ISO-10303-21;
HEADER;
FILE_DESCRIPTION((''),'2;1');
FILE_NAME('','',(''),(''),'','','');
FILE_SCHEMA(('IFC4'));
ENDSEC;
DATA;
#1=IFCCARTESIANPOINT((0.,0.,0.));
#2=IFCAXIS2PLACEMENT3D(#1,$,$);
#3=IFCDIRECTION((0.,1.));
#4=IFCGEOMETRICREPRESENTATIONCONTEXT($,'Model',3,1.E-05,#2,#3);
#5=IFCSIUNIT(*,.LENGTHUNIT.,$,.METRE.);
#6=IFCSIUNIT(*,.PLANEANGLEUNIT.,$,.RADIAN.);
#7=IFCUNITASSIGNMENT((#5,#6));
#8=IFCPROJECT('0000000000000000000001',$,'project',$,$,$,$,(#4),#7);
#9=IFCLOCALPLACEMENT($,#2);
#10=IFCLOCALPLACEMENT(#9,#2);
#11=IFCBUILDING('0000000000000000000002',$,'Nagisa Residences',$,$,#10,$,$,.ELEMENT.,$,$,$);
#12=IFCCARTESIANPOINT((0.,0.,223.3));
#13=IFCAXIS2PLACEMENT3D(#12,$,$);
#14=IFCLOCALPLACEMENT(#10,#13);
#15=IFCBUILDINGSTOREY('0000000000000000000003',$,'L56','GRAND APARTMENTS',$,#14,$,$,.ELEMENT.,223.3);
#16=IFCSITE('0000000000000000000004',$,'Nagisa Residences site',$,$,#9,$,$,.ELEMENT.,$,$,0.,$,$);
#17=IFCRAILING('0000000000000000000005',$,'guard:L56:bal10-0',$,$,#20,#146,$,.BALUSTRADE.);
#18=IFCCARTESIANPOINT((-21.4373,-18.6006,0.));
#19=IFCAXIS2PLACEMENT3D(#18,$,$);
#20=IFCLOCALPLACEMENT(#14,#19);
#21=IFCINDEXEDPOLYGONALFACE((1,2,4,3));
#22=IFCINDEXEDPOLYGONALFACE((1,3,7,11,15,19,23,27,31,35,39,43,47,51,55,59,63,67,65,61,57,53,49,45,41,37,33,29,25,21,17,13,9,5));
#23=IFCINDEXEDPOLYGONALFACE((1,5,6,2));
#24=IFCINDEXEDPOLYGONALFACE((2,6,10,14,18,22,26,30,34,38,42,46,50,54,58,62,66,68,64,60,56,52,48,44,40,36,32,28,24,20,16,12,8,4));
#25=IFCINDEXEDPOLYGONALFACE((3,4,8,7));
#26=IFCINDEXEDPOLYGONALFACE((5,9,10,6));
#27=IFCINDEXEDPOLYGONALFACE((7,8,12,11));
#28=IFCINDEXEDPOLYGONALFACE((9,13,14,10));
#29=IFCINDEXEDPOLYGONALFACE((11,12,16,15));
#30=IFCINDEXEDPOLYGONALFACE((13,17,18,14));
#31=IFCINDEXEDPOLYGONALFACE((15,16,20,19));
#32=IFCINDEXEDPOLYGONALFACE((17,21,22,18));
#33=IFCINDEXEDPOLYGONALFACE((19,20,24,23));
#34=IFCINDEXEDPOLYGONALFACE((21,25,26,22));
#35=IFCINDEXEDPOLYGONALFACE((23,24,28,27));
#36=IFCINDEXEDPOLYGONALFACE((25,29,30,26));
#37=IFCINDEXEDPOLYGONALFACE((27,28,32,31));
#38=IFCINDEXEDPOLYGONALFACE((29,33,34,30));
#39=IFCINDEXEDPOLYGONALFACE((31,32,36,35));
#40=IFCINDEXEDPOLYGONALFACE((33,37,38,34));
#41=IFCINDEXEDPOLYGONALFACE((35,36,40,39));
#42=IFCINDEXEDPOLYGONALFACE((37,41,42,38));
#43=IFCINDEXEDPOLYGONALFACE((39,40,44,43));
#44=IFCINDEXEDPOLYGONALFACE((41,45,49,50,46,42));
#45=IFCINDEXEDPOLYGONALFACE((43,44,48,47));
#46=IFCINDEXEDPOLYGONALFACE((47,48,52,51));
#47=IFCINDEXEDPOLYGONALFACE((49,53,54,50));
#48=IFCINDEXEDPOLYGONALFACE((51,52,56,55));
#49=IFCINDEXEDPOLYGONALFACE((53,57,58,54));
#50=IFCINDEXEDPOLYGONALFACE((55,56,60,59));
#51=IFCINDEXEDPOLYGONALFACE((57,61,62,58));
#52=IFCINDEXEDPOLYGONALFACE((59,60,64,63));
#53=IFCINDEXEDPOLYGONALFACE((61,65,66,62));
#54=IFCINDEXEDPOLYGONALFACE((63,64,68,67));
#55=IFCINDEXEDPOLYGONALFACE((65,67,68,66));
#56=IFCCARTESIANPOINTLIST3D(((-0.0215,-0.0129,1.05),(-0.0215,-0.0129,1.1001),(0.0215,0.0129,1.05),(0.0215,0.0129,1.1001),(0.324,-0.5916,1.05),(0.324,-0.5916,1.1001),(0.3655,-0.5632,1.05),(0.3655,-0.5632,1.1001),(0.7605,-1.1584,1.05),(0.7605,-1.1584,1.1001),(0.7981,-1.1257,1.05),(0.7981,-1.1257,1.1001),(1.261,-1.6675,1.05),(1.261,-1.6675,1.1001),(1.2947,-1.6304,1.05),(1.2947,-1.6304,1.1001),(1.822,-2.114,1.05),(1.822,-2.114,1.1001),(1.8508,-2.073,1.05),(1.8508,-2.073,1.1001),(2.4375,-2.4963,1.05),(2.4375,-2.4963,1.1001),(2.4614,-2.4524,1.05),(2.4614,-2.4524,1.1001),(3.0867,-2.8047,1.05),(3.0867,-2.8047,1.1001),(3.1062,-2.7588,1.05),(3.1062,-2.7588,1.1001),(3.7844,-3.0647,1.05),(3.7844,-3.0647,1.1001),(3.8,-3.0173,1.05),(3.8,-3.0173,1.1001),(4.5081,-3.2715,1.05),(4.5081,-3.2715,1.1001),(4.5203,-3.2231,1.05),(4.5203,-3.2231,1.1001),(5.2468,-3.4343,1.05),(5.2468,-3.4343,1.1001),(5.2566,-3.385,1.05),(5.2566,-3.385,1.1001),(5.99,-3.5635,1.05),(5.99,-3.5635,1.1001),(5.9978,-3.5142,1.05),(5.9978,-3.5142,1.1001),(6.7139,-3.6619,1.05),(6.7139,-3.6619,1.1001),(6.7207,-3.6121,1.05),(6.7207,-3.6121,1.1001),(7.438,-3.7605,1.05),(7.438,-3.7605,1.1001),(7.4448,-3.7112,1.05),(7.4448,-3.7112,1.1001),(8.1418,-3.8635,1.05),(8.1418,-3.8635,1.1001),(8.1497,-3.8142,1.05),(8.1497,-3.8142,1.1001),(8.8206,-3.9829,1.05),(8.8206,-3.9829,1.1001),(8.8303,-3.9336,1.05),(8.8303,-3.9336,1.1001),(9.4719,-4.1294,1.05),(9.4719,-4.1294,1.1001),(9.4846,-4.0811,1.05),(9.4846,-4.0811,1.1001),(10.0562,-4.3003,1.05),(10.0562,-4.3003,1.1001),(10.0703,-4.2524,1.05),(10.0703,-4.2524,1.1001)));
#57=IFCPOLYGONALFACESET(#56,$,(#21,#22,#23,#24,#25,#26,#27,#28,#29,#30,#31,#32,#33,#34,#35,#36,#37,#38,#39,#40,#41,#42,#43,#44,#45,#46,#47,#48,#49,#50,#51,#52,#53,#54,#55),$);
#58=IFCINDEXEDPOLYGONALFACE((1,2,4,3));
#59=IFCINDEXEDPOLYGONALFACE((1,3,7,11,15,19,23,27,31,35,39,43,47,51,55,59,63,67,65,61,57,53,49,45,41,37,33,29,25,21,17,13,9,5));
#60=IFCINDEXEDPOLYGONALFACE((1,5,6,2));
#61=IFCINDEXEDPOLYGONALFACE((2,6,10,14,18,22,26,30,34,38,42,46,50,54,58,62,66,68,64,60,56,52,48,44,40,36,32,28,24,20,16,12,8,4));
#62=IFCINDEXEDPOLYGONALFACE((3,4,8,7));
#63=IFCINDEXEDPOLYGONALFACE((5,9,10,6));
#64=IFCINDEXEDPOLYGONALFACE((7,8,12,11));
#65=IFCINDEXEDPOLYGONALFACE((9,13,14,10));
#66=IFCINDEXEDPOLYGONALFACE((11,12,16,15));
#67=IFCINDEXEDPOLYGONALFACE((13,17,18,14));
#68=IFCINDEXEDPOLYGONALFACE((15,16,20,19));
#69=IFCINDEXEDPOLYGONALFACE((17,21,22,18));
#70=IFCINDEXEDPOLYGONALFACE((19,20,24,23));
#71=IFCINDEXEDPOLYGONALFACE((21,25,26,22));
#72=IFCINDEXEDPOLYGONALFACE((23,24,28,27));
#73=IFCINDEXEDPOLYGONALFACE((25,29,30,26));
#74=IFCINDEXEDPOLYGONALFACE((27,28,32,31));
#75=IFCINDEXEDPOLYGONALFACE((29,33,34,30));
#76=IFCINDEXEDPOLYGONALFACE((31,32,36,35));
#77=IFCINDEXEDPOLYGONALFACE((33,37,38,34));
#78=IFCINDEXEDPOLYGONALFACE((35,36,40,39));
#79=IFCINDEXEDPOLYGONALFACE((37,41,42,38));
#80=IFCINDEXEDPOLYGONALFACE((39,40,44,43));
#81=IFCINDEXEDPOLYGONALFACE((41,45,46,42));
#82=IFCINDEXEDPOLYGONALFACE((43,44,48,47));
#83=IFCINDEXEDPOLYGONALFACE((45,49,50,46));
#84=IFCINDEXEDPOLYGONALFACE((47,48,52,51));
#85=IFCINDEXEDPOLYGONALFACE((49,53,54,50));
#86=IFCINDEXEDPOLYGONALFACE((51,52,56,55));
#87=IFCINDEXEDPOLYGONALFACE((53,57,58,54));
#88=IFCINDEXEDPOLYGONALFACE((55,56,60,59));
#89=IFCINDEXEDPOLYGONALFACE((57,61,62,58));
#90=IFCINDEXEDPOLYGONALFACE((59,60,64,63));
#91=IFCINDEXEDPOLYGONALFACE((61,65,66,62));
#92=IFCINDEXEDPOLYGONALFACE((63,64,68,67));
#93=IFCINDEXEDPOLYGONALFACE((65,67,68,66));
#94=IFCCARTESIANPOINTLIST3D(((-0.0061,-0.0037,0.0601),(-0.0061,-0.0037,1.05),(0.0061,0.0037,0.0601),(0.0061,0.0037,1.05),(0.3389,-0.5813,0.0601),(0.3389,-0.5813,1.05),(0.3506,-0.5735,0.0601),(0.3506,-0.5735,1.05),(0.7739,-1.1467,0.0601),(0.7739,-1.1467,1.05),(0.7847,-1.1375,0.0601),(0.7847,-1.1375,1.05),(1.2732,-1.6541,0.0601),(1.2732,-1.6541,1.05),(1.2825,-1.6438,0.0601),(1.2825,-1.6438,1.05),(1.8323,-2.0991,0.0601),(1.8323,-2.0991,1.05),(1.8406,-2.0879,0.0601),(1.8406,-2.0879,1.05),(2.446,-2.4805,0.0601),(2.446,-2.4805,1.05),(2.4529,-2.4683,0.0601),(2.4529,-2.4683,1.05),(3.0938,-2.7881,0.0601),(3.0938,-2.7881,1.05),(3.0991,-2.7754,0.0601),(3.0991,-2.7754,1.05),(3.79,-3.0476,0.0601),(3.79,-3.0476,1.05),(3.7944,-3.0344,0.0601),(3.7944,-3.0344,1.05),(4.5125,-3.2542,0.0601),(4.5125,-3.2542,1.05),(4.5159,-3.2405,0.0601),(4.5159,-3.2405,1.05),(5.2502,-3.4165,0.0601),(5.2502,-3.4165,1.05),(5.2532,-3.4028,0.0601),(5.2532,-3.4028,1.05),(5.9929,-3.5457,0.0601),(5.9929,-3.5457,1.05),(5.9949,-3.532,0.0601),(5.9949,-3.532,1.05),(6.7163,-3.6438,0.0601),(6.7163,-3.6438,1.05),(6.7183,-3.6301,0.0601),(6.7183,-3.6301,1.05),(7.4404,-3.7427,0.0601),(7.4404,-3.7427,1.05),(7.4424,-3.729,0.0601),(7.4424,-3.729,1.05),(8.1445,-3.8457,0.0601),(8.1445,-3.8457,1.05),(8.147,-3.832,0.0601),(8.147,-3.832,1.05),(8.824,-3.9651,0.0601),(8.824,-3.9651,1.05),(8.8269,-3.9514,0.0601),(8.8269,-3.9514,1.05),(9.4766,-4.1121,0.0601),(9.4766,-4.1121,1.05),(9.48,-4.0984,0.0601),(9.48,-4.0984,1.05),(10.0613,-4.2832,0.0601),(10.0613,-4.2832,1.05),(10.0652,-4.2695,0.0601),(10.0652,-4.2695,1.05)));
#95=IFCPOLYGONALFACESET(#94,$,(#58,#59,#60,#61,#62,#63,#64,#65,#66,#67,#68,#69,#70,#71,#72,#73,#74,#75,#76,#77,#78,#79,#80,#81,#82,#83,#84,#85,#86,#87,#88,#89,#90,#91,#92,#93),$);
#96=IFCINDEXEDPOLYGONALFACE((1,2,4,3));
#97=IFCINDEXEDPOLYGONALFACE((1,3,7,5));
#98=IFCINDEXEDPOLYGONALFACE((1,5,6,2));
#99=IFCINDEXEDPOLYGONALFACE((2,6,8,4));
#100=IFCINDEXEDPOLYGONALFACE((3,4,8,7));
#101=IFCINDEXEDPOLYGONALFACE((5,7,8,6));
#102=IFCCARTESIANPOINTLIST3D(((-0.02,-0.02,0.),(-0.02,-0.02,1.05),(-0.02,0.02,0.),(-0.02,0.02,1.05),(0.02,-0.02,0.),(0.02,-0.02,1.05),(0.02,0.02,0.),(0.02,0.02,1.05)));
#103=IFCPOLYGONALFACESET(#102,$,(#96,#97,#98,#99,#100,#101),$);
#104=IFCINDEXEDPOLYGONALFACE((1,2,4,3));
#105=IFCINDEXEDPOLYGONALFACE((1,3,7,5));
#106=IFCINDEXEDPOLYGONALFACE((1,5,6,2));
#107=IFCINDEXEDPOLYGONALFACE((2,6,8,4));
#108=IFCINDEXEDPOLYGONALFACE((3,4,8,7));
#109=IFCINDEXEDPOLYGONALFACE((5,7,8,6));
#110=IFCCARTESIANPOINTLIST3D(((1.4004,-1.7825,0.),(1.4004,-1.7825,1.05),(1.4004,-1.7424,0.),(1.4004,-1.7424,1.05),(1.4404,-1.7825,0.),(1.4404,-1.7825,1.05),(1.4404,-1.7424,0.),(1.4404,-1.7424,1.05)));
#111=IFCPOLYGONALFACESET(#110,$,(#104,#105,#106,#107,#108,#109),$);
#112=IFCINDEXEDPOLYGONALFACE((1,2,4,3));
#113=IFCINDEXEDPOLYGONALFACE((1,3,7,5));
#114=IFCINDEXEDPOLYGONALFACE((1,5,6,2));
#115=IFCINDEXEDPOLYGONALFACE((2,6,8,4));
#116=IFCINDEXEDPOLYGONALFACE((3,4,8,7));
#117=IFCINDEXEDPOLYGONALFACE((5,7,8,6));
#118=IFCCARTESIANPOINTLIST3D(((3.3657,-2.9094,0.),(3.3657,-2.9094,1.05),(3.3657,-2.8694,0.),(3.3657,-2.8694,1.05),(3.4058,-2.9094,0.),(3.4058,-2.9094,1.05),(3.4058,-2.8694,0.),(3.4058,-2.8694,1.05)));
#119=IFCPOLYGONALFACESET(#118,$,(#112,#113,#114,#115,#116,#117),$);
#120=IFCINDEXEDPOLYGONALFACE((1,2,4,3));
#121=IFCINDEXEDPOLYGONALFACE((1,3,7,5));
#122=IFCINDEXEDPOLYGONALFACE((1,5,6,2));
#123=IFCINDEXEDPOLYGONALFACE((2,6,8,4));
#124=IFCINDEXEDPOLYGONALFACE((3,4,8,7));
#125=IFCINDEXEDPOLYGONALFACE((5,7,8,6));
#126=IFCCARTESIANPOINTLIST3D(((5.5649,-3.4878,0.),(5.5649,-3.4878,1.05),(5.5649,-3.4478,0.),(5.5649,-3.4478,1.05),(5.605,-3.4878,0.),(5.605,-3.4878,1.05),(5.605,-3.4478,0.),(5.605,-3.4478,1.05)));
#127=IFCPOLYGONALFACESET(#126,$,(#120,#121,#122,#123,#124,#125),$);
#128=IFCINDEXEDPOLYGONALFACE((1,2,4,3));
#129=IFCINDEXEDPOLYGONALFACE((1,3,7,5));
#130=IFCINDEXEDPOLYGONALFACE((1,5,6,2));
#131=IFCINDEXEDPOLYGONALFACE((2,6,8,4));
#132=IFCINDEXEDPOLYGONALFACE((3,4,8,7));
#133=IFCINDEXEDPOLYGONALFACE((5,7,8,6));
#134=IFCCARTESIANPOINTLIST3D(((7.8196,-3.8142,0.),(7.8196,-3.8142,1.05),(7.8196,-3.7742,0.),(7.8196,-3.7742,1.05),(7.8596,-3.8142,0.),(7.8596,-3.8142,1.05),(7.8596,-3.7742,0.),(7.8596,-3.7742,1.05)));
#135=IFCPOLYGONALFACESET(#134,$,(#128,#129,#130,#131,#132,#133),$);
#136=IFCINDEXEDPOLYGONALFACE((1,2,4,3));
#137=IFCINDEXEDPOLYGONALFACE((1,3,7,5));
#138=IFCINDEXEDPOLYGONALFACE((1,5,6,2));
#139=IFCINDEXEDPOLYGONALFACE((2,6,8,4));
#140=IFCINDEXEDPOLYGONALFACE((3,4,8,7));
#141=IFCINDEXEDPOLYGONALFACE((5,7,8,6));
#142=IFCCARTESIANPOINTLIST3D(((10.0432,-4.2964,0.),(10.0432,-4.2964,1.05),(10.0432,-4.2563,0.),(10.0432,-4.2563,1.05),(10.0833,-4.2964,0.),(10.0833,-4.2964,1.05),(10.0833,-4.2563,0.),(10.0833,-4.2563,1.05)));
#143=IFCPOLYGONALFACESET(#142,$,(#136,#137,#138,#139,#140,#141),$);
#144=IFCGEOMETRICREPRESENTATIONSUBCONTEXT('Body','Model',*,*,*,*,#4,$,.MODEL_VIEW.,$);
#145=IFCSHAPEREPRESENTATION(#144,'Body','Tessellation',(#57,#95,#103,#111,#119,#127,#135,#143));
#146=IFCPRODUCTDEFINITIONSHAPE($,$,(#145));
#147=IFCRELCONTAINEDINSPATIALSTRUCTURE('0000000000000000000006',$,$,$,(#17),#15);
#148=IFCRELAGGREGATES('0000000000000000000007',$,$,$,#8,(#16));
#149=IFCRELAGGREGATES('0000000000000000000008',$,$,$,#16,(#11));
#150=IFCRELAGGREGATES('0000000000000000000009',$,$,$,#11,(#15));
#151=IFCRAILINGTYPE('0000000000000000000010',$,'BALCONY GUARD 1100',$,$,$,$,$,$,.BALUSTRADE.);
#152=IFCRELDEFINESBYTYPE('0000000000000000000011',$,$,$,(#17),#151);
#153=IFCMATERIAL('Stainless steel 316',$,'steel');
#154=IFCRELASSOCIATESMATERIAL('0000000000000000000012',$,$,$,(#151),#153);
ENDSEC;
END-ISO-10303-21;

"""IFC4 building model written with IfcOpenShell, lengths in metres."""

from ifc_helpers import new_model, si_unit, direction, frame, origin, origin_2d, place, context, subcontext, project, spatial, polyline, rectangle, outline, extrude, material, type_object, element, save


model = new_model("IFC4")

# Units and contexts
model_context = context("Model", 3, precision=1e-05, world=origin(), true_north=direction((0.0, 1.0)))
body_context = subcontext(model_context, "Body", "Model", "MODEL_VIEW")
ifc_project = project(units=[si_unit("LENGTHUNIT", "METRE"), si_unit("PLANEANGLEUNIT", "RADIAN")], contexts=[model_context])

# Site, building, storey
site_placement = place(None, origin())
site = spatial("IfcSite", under=ifc_project, at=site_placement, Name="Nagisa Residences site", CompositionType="ELEMENT", RefElevation=0.0)
building_placement = place(site_placement, origin())
building = spatial("IfcBuilding", under=site, at=building_placement, Name="Nagisa Residences", CompositionType="ELEMENT")
storey_placement = place(building_placement, frame((0.0, 0.0, 223.3)))
storey = spatial("IfcBuildingStorey", under=building, at=storey_placement, Name="L56", Description="GRAND APARTMENTS", CompositionType="ELEMENT", Elevation=223.3)

# Railing
ifc_material_1 = material(Name="Stainless steel 316", Category="steel")
railing_type = type_object("IfcRailingType", Name="BALCONY GUARD 1100", PredefinedType="BALUSTRADE", material=ifc_material_1)
railing_1_placement = place(storey_placement, frame((-21.4373, -18.6006, 0.0)))
element("IfcRailing", 1, at=railing_1_placement, inside=storey, type_object=railing_type, Name="guard:L56:bal10-0", PredefinedType="BALUSTRADE", context=body_context, shape_type="SweptSolid", body=[
    extrude(outline(polyline([(0.3655, -0.5632), (0.0215, 0.0129), (-0.0215, -0.0129), (0.324, -0.5916), (0.7605, -1.1584), (1.261, -1.6675), (1.822, -2.114), (2.4375, -2.4963), (3.0867, -2.8047), (3.7844, -3.0647), (4.5081, -3.2715), (5.2468, -3.4343), (5.99, -3.5635), (6.7139, -3.6619), (7.438, -3.7605), (8.1418, -3.8635), (8.8206, -3.9829), (9.4719, -4.1294), (10.0562, -4.3003), (10.0703, -4.2524), (9.4846, -4.0811), (8.8303, -3.9336), (8.1497, -3.8142), (7.4448, -3.7112), (6.7207, -3.6121), (5.9978, -3.5142), (5.2566, -3.385), (4.5203, -3.2231), (3.8, -3.0173), (3.1062, -2.7588), (2.4614, -2.4524), (1.8508, -2.073), (1.2947, -1.6304), (0.7981, -1.1257), (0.3655, -0.5632)])), frame((0.0, 0.0, 1.05)), (0.0, 0.0, 1.0), 0.05),
    extrude(outline(polyline([(0.3506, -0.5735), (0.0061, 0.0037), (-0.0061, -0.0037), (0.3389, -0.5813), (0.7739, -1.1467), (1.2732, -1.6541), (1.8323, -2.0991), (2.446, -2.4805), (3.0938, -2.7881), (3.79, -3.0476), (4.5125, -3.2542), (5.2502, -3.4165), (5.9929, -3.5457), (6.7163, -3.6438), (7.4404, -3.7427), (8.1445, -3.8457), (8.824, -3.9651), (9.4766, -4.1121), (10.0613, -4.2832), (10.0652, -4.2695), (9.48, -4.0984), (8.8269, -3.9514), (8.147, -3.832), (7.4424, -3.729), (6.7183, -3.6301), (5.9949, -3.532), (5.2532, -3.4028), (4.5159, -3.2405), (3.7944, -3.0344), (3.0991, -2.7754), (2.4529, -2.4683), (1.8406, -2.0879), (1.2825, -1.6438), (0.7847, -1.1375), (0.3506, -0.5735)])), frame((0.0, 0.0, 0.0601)), (0.0, 0.0, 1.0), 0.99),
    extrude(rectangle(XDim=0.04, YDim=0.04, at=origin_2d()), origin(), (0.0, 0.0, 1.0), 1.05),
    extrude(rectangle(XDim=0.04, YDim=0.04, at=origin_2d()), frame((1.4204, -1.7625, 0.0)), (0.0, 0.0, 1.0), 1.05),
    extrude(rectangle(XDim=0.04, YDim=0.04, at=origin_2d()), frame((3.3857, -2.8894, 0.0)), (0.0, 0.0, 1.0), 1.05),
    extrude(rectangle(XDim=0.04, YDim=0.04, at=origin_2d()), frame((5.585, -3.4678, 0.0)), (0.0, 0.0, 1.0), 1.05),
    extrude(rectangle(XDim=0.04, YDim=0.04, at=origin_2d()), frame((7.8396, -3.7942, 0.0)), (0.0, 0.0, 1.0), 1.05),
    extrude(rectangle(XDim=0.04, YDim=0.04, at=origin_2d()), frame((10.0632, -4.2764, 0.0)), (0.0, 0.0, 1.0), 1.05),
])

save(model, "model.ifc")
